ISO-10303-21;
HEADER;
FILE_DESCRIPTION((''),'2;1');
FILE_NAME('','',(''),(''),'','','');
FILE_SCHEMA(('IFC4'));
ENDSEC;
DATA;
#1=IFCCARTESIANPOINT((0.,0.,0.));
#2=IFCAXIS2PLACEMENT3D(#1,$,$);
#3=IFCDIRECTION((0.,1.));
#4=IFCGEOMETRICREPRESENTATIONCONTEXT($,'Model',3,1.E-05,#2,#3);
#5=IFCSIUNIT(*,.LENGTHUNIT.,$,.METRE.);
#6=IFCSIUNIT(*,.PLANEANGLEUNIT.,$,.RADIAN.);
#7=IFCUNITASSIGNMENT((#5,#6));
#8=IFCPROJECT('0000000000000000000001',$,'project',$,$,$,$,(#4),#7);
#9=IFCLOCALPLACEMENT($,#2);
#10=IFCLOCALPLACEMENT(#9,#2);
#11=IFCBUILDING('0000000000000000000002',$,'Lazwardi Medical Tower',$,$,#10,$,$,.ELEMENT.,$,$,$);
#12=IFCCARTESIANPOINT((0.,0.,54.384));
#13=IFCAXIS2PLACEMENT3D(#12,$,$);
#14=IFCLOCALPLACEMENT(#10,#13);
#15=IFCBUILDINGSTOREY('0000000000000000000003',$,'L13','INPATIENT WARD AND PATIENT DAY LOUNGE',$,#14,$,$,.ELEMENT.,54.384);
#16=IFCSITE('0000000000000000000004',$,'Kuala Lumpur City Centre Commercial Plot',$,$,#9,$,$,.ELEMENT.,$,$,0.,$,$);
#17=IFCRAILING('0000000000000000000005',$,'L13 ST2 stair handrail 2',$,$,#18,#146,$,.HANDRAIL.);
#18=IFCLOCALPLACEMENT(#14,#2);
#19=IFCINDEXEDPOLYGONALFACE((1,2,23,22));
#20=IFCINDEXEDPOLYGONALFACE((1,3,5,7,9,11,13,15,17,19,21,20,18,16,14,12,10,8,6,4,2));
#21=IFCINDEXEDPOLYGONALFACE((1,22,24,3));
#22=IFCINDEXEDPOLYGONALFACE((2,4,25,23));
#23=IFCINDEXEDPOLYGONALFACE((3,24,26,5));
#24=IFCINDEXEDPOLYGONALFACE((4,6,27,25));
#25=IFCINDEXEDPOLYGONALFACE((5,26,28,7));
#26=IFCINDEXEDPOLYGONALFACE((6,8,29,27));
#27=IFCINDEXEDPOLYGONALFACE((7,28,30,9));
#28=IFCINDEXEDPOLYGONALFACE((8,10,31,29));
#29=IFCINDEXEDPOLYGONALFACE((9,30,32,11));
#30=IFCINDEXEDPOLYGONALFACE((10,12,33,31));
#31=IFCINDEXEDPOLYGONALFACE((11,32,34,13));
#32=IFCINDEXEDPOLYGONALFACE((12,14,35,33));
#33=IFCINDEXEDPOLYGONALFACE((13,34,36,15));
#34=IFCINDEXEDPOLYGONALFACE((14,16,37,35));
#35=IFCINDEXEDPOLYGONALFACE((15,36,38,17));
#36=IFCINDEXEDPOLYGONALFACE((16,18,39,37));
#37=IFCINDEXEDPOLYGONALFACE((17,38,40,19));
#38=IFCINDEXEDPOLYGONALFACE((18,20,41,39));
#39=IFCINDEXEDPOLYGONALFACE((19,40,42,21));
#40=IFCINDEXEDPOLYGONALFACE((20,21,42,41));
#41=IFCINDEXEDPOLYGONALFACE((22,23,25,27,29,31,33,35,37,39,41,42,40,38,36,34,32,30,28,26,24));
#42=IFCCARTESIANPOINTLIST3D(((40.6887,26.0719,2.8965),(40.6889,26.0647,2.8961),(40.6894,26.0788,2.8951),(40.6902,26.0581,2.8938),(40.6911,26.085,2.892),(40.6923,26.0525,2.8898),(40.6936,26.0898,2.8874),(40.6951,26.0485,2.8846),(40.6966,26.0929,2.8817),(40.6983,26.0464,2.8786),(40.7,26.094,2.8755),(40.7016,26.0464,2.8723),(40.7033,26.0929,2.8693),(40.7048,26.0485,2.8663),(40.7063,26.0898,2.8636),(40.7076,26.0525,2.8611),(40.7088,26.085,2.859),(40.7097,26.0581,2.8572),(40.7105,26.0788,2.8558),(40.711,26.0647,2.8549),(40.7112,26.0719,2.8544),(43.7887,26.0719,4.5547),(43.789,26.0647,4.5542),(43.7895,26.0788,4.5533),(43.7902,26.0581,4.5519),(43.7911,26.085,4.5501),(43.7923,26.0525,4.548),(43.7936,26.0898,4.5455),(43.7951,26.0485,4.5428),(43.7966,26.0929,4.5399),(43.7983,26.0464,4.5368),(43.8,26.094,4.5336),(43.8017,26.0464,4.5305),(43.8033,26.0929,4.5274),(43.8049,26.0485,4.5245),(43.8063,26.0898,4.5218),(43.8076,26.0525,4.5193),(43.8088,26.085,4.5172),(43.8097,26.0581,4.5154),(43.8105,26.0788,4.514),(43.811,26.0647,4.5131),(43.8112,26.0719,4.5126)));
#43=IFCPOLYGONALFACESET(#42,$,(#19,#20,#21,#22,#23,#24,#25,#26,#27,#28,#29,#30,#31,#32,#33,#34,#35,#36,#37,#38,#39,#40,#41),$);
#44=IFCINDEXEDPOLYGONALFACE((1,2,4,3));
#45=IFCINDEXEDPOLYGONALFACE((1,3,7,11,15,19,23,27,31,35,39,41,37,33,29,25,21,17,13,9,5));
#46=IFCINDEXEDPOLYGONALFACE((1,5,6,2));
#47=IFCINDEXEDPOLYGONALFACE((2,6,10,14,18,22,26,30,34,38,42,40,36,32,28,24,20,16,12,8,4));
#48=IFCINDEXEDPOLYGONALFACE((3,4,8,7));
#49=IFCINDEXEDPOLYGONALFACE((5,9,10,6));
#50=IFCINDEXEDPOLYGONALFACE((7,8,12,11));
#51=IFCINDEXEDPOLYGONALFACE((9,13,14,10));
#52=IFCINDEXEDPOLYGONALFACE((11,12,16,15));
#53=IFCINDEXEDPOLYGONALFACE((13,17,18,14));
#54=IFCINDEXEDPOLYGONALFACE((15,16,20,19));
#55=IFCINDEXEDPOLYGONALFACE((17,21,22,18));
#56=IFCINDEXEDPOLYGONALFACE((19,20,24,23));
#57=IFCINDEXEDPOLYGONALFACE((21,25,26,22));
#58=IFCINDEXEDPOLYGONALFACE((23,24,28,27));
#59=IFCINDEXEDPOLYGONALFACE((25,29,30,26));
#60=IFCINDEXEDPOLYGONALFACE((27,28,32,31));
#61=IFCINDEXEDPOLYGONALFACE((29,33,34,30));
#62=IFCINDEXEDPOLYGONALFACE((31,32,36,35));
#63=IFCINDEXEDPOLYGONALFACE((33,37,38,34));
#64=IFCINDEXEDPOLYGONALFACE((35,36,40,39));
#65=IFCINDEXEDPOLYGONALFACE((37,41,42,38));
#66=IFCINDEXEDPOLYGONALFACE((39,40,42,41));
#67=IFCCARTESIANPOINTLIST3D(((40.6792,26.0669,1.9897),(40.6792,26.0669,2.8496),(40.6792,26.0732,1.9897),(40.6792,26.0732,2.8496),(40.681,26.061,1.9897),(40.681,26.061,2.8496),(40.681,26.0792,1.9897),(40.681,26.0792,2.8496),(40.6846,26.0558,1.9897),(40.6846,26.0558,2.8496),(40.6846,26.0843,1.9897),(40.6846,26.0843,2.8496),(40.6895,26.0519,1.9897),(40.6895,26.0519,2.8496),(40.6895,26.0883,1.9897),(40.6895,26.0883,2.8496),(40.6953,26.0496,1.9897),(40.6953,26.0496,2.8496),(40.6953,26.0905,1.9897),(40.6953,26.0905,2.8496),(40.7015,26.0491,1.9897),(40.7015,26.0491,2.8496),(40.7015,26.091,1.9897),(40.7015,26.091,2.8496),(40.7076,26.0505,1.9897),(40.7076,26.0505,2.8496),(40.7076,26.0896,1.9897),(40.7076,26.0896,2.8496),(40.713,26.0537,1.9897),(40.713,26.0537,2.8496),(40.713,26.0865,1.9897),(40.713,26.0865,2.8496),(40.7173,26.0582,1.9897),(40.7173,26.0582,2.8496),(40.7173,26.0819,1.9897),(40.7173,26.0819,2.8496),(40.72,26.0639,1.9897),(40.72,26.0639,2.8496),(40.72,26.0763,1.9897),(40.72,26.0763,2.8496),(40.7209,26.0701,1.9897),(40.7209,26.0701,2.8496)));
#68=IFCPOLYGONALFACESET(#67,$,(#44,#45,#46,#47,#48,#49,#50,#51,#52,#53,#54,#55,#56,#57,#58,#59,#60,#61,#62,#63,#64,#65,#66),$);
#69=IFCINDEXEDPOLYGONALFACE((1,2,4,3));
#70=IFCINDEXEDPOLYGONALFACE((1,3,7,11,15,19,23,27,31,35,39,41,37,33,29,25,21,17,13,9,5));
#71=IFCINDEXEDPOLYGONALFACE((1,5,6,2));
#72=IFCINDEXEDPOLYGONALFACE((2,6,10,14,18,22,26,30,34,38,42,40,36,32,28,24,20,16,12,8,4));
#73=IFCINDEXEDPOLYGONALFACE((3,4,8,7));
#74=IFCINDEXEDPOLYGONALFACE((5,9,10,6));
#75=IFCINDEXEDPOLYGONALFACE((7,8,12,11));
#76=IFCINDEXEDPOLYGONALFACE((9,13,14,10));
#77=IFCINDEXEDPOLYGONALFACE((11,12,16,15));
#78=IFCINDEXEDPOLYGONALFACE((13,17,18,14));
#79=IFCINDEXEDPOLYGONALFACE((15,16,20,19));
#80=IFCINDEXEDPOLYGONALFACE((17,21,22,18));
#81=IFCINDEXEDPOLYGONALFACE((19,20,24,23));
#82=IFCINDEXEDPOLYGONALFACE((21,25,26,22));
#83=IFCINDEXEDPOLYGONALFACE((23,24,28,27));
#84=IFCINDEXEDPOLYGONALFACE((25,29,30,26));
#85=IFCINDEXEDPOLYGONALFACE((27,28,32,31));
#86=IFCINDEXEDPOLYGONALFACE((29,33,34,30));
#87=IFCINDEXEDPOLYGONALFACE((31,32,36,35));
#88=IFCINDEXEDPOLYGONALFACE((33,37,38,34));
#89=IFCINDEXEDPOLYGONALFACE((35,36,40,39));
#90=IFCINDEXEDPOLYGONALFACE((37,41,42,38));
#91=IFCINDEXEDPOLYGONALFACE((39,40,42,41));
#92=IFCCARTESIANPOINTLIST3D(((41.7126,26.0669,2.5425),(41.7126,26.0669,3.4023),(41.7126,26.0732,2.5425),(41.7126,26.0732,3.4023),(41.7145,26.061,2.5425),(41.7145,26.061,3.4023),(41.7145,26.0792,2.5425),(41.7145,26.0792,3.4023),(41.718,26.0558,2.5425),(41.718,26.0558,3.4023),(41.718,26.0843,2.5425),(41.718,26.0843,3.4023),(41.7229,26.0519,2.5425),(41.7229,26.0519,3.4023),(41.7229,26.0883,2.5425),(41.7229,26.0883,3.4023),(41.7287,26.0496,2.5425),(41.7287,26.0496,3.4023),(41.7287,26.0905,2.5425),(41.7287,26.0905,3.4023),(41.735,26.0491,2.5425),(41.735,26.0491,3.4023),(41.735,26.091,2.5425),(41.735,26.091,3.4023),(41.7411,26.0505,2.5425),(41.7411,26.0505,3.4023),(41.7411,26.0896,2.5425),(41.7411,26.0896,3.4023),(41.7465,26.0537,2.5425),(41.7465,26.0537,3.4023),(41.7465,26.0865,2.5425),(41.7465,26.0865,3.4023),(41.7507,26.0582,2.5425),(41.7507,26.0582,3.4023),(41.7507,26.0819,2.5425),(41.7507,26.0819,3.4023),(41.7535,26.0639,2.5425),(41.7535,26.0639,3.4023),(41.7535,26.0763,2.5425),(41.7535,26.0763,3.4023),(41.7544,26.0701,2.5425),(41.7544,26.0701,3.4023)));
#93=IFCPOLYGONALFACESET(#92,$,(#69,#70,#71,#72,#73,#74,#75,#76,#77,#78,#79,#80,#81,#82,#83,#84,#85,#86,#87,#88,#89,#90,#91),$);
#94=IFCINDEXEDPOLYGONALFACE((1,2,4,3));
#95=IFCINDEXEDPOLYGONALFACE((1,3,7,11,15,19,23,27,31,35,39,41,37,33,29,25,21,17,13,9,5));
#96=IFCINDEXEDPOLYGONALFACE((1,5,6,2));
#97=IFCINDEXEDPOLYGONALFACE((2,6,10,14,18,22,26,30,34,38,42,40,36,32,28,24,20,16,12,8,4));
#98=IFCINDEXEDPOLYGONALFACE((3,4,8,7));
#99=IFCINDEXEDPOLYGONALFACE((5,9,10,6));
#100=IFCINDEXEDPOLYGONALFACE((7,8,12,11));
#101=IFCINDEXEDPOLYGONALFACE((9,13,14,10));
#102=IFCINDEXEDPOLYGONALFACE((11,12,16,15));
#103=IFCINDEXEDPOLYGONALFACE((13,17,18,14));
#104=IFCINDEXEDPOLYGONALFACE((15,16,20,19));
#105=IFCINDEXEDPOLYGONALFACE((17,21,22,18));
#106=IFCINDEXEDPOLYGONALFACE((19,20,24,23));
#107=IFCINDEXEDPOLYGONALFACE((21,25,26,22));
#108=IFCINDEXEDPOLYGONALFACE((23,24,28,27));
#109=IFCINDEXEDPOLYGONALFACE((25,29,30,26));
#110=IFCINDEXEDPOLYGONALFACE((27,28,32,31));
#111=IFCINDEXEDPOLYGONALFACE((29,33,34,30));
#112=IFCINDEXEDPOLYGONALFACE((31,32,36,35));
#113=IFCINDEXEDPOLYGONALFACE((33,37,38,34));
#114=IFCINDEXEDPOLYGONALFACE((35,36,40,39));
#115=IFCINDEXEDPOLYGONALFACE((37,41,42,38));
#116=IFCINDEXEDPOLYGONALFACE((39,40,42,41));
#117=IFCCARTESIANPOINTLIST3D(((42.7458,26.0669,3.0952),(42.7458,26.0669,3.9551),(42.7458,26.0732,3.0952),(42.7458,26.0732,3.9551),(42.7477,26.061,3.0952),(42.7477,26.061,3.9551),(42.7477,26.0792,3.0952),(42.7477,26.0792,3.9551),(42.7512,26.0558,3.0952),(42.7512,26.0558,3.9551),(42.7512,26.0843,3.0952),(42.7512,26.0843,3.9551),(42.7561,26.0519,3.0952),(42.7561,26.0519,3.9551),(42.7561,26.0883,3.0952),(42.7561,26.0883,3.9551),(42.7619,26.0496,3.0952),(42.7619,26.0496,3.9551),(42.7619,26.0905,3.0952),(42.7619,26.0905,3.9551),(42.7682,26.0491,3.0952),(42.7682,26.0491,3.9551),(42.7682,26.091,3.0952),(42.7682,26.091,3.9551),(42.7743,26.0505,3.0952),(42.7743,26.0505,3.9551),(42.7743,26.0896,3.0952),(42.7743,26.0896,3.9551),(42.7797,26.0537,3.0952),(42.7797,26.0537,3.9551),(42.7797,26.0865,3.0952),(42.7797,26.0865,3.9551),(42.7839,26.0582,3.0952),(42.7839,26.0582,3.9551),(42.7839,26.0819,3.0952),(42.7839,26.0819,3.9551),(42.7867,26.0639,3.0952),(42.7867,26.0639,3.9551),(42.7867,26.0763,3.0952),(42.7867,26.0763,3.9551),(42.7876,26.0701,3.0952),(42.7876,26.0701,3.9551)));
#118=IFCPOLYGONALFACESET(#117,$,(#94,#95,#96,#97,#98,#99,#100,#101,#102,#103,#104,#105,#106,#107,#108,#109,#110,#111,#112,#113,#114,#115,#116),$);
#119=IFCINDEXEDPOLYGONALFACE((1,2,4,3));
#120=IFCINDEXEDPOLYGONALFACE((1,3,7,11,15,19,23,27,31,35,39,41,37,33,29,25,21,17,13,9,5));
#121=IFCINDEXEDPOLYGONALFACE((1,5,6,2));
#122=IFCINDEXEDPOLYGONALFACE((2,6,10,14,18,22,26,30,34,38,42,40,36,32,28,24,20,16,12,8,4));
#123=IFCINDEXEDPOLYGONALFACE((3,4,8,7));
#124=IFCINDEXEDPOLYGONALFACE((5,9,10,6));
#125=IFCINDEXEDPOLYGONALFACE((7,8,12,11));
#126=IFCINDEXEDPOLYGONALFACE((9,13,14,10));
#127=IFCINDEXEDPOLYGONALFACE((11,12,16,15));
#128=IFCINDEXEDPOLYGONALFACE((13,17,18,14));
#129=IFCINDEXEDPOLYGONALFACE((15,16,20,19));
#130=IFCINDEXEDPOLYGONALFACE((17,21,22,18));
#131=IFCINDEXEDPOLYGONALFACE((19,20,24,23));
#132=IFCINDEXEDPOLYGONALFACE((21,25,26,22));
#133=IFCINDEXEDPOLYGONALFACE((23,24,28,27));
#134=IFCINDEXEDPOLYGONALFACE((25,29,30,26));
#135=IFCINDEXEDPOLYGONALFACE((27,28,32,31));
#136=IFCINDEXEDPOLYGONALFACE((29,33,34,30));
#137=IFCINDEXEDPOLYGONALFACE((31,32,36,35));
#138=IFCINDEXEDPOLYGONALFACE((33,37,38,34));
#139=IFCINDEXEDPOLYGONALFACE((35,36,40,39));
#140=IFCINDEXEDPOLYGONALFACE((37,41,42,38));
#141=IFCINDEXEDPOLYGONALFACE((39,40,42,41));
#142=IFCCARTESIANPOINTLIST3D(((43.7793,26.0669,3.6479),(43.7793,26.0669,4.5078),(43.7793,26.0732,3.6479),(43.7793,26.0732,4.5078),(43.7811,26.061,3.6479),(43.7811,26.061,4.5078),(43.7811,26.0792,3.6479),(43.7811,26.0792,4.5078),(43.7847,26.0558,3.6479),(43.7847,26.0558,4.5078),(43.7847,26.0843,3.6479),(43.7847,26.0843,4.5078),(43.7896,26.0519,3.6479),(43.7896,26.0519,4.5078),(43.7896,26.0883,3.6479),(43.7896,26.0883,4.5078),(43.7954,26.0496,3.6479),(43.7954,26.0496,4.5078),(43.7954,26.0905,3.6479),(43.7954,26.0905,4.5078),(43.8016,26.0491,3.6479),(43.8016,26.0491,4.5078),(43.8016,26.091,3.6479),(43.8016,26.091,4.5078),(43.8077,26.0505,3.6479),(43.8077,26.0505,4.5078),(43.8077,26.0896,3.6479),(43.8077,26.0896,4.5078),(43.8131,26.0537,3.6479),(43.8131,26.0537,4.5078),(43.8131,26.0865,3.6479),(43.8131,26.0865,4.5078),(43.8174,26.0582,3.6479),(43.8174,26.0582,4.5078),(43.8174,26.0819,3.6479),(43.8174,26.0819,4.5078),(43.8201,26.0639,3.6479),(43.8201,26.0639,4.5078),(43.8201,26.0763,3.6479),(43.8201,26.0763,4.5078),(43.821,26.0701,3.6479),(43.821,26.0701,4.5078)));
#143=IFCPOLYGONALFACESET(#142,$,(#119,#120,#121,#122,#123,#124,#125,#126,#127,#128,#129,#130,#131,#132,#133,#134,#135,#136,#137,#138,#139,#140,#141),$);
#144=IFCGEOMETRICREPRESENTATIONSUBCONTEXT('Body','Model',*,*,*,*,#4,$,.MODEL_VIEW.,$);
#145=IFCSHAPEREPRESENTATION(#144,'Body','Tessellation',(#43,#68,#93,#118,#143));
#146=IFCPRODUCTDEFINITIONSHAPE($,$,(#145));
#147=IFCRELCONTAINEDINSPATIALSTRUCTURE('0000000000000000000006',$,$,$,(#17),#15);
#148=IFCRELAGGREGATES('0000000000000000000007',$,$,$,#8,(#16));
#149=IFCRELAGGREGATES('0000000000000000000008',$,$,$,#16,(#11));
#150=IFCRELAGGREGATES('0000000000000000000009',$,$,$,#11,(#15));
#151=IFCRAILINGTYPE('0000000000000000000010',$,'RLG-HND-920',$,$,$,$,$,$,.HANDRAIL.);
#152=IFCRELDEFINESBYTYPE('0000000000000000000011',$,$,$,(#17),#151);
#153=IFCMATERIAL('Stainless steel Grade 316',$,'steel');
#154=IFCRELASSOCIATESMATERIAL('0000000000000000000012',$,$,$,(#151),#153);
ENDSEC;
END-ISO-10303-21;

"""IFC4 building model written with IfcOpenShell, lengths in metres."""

from ifc_helpers import new_model, si_unit, direction, frame, origin, origin_2d, place, context, subcontext, project, spatial, circle, extrude, material, type_object, element, save


model = new_model("IFC4")

# Units and contexts
model_context = context("Model", 3, precision=1e-05, world=origin(), true_north=direction((0.0, 1.0)))
body_context = subcontext(model_context, "Body", "Model", "MODEL_VIEW")
ifc_project = project(units=[si_unit("LENGTHUNIT", "METRE"), si_unit("PLANEANGLEUNIT", "RADIAN")], contexts=[model_context])

# Site, building, storey
site_placement = place(None, origin())
site = spatial("IfcSite", under=ifc_project, at=site_placement, Name="Kuala Lumpur City Centre Commercial Plot", CompositionType="ELEMENT", RefElevation=0.0)
building_placement = place(site_placement, origin())
building = spatial("IfcBuilding", under=site, at=building_placement, Name="Lazwardi Medical Tower", CompositionType="ELEMENT")
storey_placement = place(building_placement, frame((0.0, 0.0, 54.384)))
storey = spatial("IfcBuildingStorey", under=building, at=storey_placement, Name="L13", Description="INPATIENT WARD AND PATIENT DAY LOUNGE", CompositionType="ELEMENT", Elevation=54.384)

# Railing
ifc_material_1 = material(Name="Stainless steel Grade 316", Category="steel")
railing_type_1 = type_object("IfcRailingType", Name="RLG-HND-920", PredefinedType="HANDRAIL", material=ifc_material_1)
railing_1_placement = place(storey_placement, frame((40.7, 26.0701, 1.9897)))
element("IfcRailing", 1, at=railing_1_placement, inside=storey, type_object=railing_type_1, Name="L13 ST2 stair handrail 2", PredefinedType="HANDRAIL", context=body_context, shape_type="SweptSolid", body=[
    extrude(circle(Radius=0.0239, at=origin_2d()), frame((0.0, 0.0, 0.8857), z_axis=(0.881783, 0.0, 0.471655), x_axis=(0.0, 1.0, 0.0)), (0.0, 0.0, 1.0), 3.5156),
    extrude(circle(Radius=0.021, at=origin_2d()), origin(), (0.0, 0.0, 1.0), 0.8599),
    extrude(circle(Radius=0.021, at=origin_2d()), frame((1.0334, 0.0, 0.5527)), (0.0, 0.0, 1.0), 0.8599),
    extrude(circle(Radius=0.021, at=origin_2d()), frame((2.0667, 0.0, 1.1055)), (0.0, 0.0, 1.0), 0.8599),
    extrude(circle(Radius=0.021, at=origin_2d()), frame((3.1001, 0.0, 1.6582)), (0.0, 0.0, 1.0), 0.8599),
])

save(model, "model.ifc")
